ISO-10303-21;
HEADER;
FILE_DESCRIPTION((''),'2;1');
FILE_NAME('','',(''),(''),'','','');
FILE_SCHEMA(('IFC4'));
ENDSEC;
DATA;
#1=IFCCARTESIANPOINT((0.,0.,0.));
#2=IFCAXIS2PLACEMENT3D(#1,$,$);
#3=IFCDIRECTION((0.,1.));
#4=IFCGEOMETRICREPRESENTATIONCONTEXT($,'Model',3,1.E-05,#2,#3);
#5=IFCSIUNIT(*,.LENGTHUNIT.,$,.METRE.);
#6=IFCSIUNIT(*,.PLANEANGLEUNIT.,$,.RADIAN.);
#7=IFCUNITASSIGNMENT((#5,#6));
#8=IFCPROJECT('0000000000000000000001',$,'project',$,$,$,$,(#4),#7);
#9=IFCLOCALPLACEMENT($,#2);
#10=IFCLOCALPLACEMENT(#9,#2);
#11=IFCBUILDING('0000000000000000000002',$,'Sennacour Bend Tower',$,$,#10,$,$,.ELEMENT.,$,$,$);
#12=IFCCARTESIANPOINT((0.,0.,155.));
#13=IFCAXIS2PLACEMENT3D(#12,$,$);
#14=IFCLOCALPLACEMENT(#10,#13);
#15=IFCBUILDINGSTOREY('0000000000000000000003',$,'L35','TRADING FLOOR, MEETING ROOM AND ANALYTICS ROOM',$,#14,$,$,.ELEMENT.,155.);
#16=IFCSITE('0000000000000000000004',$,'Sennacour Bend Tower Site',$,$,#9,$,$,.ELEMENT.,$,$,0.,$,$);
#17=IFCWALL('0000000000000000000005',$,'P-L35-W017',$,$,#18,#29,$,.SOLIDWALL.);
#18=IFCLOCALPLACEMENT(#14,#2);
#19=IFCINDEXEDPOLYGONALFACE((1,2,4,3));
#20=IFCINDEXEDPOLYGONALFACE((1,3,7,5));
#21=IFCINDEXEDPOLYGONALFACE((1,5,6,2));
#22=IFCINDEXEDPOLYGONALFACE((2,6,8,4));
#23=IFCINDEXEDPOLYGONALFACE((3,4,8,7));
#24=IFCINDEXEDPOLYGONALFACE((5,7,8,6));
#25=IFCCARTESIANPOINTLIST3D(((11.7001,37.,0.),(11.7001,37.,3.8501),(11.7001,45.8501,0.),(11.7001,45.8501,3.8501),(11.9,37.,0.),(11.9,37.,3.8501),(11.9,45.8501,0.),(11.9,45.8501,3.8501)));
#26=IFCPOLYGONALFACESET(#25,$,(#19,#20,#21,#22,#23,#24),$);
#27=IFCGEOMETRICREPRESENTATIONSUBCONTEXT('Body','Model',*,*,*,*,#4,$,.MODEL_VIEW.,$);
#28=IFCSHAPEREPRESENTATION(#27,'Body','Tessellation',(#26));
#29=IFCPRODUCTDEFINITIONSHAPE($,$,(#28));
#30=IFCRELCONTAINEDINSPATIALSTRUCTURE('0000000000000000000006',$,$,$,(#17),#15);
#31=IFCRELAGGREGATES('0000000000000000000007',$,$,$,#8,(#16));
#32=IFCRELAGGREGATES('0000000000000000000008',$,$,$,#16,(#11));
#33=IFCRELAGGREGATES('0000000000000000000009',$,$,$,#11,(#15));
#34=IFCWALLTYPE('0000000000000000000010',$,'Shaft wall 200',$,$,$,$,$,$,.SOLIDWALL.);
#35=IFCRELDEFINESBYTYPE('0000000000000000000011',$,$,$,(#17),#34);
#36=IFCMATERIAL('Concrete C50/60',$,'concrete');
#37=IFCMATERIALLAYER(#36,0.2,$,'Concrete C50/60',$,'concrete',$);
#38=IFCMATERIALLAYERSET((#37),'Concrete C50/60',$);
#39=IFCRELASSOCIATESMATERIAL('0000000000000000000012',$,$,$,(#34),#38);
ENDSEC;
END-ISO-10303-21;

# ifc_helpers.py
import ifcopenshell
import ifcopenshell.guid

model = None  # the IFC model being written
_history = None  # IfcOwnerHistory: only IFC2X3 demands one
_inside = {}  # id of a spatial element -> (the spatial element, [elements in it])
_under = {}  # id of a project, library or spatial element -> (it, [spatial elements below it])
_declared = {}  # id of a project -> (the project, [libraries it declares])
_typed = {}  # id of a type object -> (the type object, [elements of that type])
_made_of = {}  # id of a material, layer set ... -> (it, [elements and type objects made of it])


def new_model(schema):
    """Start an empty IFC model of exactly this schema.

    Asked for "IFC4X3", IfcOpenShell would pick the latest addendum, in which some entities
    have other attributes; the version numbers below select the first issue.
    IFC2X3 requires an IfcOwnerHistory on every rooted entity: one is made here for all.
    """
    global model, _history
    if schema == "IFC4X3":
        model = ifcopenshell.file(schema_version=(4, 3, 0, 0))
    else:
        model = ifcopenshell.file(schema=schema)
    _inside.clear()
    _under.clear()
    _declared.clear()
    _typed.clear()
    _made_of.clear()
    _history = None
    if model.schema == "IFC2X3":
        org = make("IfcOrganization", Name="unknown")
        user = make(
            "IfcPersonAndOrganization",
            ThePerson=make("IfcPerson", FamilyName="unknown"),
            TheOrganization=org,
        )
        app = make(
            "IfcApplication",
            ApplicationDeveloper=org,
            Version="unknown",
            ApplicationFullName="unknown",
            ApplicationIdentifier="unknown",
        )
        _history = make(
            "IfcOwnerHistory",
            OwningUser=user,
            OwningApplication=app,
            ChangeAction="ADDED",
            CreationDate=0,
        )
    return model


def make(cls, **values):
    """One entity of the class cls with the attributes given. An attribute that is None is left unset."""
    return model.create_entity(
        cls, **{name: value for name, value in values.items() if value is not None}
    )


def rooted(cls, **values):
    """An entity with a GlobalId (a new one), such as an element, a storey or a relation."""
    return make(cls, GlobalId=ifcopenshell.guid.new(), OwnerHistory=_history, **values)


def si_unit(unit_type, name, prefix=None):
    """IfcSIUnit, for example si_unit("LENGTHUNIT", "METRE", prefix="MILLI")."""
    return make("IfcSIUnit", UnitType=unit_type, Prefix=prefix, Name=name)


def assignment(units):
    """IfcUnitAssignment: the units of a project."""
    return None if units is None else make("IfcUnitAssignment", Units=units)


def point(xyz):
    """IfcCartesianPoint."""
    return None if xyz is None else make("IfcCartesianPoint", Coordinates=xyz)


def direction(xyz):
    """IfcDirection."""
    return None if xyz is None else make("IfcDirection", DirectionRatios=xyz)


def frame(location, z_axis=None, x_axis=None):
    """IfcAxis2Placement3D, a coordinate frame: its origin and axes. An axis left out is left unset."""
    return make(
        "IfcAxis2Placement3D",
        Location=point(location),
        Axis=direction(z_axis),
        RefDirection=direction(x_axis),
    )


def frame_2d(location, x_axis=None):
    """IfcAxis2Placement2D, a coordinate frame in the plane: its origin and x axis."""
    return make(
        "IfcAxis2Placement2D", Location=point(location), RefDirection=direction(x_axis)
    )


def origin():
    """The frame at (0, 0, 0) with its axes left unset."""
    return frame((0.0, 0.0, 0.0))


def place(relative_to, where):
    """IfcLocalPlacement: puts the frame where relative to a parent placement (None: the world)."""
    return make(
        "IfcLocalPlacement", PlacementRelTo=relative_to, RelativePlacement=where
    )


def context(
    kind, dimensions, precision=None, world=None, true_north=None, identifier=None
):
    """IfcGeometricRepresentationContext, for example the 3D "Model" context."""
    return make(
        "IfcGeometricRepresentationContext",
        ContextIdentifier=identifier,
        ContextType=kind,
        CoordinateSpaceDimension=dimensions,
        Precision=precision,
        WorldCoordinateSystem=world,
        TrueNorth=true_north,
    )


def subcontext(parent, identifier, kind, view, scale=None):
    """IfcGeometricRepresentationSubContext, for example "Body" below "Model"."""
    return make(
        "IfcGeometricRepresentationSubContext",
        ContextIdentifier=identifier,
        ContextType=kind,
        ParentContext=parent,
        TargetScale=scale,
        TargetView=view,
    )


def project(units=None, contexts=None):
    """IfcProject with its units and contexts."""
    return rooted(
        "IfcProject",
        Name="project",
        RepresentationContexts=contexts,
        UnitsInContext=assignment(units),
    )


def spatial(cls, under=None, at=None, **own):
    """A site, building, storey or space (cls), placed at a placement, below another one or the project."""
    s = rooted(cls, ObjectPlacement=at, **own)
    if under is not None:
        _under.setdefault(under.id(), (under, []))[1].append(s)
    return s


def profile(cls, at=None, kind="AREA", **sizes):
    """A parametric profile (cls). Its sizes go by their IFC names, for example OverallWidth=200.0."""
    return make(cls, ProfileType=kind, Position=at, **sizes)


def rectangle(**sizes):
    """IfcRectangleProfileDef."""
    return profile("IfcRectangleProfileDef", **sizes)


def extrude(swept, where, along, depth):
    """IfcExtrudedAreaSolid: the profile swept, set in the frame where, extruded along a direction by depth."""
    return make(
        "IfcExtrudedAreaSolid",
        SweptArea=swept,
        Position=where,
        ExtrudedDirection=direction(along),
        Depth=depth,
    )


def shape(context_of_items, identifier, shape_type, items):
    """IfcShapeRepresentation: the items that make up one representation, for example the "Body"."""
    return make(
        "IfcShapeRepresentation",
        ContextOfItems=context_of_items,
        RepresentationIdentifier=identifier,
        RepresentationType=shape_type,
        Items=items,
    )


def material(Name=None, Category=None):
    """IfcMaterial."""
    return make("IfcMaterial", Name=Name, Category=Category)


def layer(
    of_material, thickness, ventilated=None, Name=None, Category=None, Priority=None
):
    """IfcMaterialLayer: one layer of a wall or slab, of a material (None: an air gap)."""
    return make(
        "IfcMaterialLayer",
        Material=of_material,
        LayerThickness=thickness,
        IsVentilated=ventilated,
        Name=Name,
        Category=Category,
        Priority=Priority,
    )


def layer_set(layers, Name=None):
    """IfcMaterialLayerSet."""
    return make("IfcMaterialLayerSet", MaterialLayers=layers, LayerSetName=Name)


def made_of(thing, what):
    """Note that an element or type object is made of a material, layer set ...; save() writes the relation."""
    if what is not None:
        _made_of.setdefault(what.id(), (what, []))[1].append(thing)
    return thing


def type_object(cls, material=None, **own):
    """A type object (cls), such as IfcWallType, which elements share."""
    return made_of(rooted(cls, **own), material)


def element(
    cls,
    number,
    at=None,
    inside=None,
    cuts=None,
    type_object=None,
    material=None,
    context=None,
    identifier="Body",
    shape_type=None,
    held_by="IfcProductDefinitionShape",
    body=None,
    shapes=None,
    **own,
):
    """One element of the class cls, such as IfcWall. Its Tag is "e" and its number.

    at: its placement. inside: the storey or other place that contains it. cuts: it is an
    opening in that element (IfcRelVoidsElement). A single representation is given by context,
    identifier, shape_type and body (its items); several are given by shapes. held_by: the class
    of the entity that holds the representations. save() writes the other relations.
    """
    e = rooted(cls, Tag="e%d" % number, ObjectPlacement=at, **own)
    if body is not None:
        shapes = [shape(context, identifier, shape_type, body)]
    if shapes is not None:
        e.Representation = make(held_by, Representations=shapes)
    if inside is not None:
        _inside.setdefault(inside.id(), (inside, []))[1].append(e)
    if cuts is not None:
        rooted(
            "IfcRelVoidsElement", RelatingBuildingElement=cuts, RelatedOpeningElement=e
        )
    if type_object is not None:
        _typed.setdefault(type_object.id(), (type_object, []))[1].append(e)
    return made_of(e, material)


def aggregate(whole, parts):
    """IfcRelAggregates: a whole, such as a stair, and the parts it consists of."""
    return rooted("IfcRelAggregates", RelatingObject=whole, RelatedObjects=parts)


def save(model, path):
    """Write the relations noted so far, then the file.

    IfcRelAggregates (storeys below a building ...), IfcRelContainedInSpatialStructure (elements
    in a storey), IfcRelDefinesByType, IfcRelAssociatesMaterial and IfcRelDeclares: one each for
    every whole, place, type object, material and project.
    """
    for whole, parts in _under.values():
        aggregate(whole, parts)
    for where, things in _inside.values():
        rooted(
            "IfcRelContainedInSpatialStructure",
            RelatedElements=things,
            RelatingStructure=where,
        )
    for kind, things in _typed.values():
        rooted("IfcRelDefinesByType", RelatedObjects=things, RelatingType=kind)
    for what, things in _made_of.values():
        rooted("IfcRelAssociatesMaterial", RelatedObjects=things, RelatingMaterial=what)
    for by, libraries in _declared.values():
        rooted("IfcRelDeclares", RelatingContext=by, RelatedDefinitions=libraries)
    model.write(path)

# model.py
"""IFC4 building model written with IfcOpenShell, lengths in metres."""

from ifc_helpers import new_model, si_unit, direction, frame, frame_2d, origin, place, context, subcontext, project, spatial, rectangle, extrude, material, layer, layer_set, type_object, element, save


model = new_model("IFC4")

# Units and contexts
model_context = context("Model", 3, precision=1e-05, world=origin(), true_north=direction((0.0, 1.0)))
body_context = subcontext(model_context, "Body", "Model", "MODEL_VIEW")
ifc_project = project(units=[si_unit("LENGTHUNIT", "METRE"), si_unit("PLANEANGLEUNIT", "RADIAN")], contexts=[model_context])

# Site, building, storey
site_placement = place(None, origin())
site = spatial("IfcSite", under=ifc_project, at=site_placement, Name="Sennacour Bend Tower Site", CompositionType="ELEMENT", RefElevation=0.0)
building_placement = place(site_placement, origin())
building = spatial("IfcBuilding", under=site, at=building_placement, Name="Sennacour Bend Tower", CompositionType="ELEMENT")
storey_placement = place(building_placement, frame((0.0, 0.0, 155.0)))
storey = spatial("IfcBuildingStorey", under=building, at=storey_placement, Name="L35", Description="TRADING FLOOR, MEETING ROOM AND ANALYTICS ROOM", CompositionType="ELEMENT", Elevation=155.0)

# Wall
ifc_material_1 = material(Name="Concrete C50/60", Category="concrete")
ifc_layer_1 = layer(ifc_material_1, 0.2, Name="Concrete C50/60", Category="concrete")
ifc_layer_set_1 = layer_set([ifc_layer_1], Name="Concrete C50/60")
wall_type_1 = type_object("IfcWallType", Name="Shaft wall 200", PredefinedType="SOLIDWALL", material=ifc_layer_set_1)
wall_1_placement = place(storey_placement, frame((11.8, 37.0, 0.0), z_axis=(0.0, 0.0, 1.0), x_axis=(0.0, 1.0, 0.0)))
element("IfcWall", 1, at=wall_1_placement, inside=storey, type_object=wall_type_1, Name="P-L35-W017", PredefinedType="SOLIDWALL", context=body_context, shape_type="SweptSolid", body=[
    extrude(rectangle(XDim=8.8501, YDim=0.2, at=frame_2d((4.425, 0.0))), origin(), (0.0, 0.0, 1.0), 3.8501),
])

save(model, "model.ifc")
